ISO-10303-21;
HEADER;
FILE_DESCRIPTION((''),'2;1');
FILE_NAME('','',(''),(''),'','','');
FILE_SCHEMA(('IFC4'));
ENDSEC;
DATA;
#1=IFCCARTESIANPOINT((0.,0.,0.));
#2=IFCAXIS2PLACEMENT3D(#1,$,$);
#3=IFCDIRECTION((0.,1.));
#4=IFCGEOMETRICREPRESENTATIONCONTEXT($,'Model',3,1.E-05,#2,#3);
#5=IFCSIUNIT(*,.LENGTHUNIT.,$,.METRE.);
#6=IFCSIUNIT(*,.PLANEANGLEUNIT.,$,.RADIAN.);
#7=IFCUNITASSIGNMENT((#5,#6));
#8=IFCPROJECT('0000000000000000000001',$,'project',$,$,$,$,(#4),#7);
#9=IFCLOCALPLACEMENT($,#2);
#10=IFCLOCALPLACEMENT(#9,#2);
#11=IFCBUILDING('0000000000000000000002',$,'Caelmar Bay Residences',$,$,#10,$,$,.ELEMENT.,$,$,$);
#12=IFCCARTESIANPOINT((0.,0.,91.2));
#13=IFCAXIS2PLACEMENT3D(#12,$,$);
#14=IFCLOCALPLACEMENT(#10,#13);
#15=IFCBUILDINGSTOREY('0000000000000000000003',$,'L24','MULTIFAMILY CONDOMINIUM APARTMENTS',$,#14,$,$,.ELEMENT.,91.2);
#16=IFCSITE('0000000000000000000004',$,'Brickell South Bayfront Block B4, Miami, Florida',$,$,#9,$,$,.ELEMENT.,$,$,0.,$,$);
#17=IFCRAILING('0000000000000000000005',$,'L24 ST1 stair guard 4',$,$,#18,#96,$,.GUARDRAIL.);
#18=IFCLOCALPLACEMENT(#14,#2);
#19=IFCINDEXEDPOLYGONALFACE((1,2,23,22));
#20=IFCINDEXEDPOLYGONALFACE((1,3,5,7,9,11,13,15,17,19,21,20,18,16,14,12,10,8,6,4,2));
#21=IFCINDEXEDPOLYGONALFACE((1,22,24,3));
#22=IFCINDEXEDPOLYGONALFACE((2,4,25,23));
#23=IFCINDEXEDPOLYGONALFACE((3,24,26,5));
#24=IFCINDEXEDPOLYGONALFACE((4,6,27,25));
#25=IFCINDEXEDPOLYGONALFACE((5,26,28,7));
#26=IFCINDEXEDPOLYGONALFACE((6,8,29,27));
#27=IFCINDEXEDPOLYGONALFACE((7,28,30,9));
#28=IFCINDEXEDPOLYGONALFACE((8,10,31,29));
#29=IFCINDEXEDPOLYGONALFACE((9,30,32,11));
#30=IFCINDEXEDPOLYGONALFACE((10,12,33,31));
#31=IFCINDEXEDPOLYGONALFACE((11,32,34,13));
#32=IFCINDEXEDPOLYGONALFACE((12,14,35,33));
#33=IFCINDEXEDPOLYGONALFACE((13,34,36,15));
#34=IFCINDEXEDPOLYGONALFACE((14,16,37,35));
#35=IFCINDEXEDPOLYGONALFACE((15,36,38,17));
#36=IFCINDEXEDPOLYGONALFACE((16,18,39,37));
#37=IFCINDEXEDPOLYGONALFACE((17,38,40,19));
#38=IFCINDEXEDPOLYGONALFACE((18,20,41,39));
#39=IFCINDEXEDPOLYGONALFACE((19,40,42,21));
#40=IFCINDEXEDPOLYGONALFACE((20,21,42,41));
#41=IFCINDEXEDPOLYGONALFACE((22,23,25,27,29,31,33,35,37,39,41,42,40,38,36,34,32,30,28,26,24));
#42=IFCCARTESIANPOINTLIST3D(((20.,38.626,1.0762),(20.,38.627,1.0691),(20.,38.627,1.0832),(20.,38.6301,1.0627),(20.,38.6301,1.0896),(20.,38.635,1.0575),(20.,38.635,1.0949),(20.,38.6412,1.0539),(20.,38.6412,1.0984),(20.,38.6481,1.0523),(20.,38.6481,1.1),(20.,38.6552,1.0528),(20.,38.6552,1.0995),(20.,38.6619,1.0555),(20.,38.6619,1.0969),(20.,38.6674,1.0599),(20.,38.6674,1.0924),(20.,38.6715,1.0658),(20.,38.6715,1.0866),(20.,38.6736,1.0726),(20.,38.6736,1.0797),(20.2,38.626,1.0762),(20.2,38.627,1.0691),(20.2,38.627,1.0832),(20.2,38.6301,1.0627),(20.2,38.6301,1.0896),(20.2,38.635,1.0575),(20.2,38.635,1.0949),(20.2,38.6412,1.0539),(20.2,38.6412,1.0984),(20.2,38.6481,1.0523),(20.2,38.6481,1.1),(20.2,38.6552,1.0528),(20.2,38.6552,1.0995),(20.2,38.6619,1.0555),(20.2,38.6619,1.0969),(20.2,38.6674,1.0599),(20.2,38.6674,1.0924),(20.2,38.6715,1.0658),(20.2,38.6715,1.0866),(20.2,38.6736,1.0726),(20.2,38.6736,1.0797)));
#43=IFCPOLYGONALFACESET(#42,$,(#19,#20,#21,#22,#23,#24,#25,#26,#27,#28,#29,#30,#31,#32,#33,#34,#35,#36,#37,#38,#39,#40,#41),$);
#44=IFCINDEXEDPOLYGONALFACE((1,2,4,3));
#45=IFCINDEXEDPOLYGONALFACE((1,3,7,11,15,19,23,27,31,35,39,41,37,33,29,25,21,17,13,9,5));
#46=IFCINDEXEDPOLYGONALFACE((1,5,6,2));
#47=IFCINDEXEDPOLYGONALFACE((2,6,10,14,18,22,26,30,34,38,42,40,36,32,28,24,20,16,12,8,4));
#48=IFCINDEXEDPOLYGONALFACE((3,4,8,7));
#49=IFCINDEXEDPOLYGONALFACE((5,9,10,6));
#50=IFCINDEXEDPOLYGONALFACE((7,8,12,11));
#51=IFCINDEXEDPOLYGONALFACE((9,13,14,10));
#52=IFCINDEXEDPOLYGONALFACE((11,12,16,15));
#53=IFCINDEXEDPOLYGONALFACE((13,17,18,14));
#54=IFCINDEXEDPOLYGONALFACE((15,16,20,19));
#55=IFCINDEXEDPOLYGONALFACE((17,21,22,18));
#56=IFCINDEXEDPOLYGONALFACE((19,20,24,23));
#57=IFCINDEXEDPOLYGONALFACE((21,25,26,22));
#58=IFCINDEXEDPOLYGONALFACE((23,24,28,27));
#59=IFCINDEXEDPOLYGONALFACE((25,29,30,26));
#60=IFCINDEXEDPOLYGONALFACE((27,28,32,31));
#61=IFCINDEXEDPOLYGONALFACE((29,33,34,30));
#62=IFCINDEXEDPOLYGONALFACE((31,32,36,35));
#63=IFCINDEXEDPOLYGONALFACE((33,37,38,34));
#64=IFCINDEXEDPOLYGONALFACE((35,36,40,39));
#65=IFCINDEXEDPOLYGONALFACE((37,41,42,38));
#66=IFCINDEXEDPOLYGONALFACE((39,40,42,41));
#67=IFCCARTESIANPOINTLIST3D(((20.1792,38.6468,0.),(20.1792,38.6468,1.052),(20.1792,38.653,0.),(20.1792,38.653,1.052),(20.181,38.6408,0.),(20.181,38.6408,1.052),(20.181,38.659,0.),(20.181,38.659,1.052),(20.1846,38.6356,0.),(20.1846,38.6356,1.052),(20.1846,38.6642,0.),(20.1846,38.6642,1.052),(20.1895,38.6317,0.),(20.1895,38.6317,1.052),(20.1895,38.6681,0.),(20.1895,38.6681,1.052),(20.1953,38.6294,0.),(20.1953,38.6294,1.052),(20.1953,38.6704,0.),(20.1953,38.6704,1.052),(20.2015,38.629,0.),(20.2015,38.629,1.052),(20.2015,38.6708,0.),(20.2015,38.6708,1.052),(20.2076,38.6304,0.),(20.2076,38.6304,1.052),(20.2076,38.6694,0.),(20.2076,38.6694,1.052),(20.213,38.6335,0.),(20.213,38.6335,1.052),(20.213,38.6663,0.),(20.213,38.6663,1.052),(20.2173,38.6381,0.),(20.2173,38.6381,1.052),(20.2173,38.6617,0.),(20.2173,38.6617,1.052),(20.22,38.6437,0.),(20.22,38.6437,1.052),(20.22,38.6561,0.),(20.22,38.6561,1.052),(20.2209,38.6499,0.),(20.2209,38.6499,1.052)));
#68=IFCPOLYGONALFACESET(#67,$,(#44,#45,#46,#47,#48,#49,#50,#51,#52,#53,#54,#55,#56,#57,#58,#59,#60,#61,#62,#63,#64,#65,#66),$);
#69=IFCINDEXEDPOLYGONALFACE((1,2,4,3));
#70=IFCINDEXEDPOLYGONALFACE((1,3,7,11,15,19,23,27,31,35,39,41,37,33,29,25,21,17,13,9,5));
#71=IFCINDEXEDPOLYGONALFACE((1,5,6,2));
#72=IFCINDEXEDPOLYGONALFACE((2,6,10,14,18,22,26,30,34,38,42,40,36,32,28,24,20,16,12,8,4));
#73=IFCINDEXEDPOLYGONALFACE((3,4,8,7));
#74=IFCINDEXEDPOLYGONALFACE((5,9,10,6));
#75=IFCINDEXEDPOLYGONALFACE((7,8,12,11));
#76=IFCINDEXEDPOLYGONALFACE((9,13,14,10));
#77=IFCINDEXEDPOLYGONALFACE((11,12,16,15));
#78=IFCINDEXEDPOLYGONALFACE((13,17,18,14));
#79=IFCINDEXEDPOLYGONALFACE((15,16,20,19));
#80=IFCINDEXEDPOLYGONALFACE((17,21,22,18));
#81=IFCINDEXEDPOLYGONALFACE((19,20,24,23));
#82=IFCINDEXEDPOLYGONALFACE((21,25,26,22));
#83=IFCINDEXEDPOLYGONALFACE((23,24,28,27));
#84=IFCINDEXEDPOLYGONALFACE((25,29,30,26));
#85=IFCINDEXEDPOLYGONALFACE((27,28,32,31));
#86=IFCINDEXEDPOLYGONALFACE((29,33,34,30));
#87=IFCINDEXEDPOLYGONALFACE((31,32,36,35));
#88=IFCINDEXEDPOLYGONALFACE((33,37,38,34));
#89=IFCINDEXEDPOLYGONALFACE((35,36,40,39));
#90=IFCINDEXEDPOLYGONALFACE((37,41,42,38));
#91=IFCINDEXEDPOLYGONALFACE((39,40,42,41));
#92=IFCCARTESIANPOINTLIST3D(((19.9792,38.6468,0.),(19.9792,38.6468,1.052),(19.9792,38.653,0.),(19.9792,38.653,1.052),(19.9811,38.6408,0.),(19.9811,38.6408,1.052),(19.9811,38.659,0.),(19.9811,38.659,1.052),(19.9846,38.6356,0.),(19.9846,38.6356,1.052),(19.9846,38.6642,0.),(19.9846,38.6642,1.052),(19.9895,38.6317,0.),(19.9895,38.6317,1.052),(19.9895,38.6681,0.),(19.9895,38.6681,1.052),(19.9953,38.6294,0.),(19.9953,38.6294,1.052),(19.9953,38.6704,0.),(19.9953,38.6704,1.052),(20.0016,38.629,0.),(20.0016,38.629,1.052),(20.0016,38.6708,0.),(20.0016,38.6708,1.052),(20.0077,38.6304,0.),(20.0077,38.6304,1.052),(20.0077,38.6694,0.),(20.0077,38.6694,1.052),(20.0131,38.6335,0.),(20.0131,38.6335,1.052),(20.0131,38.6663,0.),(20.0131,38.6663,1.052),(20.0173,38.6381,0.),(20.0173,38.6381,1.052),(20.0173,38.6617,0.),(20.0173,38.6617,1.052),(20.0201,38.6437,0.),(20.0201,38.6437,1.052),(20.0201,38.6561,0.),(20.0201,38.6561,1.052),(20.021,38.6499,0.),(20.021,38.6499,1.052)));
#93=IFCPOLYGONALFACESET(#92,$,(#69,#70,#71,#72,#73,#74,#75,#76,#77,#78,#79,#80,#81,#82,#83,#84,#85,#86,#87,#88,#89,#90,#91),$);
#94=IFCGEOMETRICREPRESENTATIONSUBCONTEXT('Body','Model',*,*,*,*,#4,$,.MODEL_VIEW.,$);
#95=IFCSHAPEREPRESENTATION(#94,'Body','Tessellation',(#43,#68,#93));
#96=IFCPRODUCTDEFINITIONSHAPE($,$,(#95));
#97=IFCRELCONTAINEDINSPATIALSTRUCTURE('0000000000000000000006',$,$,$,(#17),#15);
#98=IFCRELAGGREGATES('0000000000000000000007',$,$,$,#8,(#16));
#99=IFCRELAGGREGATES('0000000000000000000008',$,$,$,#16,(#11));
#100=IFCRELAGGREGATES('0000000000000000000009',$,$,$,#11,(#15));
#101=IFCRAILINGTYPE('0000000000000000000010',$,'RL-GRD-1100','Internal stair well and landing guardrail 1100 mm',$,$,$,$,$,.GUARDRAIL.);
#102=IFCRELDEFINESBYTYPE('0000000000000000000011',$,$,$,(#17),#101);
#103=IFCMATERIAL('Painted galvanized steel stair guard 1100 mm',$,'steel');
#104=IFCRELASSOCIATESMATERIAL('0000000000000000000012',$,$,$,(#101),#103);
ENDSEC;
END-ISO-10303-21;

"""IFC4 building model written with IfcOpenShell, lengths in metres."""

from ifc_helpers import new_model, si_unit, direction, frame, origin, origin_2d, place, context, subcontext, project, spatial, circle, extrude, material, type_object, element, save


model = new_model("IFC4")

# Units and contexts
model_context = context("Model", 3, precision=1e-05, world=origin(), true_north=direction((0.0, 1.0)))
body_context = subcontext(model_context, "Body", "Model", "MODEL_VIEW")
ifc_project = project(units=[si_unit("LENGTHUNIT", "METRE"), si_unit("PLANEANGLEUNIT", "RADIAN")], contexts=[model_context])

# Site, building, storey
site_placement = place(None, origin())
site = spatial("IfcSite", under=ifc_project, at=site_placement, Name="Brickell South Bayfront Block B4, Miami, Florida", CompositionType="ELEMENT", RefElevation=0.0)
building_placement = place(site_placement, origin())
building = spatial("IfcBuilding", under=site, at=building_placement, Name="Caelmar Bay Residences", CompositionType="ELEMENT")
storey_placement = place(building_placement, frame((0.0, 0.0, 91.2)))
storey = spatial("IfcBuildingStorey", under=building, at=storey_placement, Name="L24", Description="MULTIFAMILY CONDOMINIUM APARTMENTS", CompositionType="ELEMENT", Elevation=91.2)

# Railing
ifc_material_1 = material(Name="Painted galvanized steel stair guard 1100 mm", Category="steel")
railing_type_1 = type_object("IfcRailingType", Name="RL-GRD-1100", Description="Internal stair well and landing guardrail 1100 mm", PredefinedType="GUARDRAIL", material=ifc_material_1)
railing_1_placement = place(storey_placement, frame((20.2, 38.6499, 0.0)))
element("IfcRailing", 1, at=railing_1_placement, inside=storey, type_object=railing_type_1, Name="L24 ST1 stair guard 4", PredefinedType="GUARDRAIL", context=body_context, shape_type="SweptSolid", body=[
    extrude(circle(Radius=0.0239, at=origin_2d()), frame((0.0, 0.0, 1.0762), z_axis=(-1.0, 0.0, 0.0), x_axis=(0.0, -1.0, 0.0)), (0.0, 0.0, 1.0), 0.2),
    extrude(circle(Radius=0.021, at=origin_2d()), origin(), (0.0, 0.0, 1.0), 1.052),
    extrude(circle(Radius=0.021, at=origin_2d()), frame((-0.2, 0.0, 0.0)), (0.0, 0.0, 1.0), 1.052),
])

save(model, "model.ifc")
